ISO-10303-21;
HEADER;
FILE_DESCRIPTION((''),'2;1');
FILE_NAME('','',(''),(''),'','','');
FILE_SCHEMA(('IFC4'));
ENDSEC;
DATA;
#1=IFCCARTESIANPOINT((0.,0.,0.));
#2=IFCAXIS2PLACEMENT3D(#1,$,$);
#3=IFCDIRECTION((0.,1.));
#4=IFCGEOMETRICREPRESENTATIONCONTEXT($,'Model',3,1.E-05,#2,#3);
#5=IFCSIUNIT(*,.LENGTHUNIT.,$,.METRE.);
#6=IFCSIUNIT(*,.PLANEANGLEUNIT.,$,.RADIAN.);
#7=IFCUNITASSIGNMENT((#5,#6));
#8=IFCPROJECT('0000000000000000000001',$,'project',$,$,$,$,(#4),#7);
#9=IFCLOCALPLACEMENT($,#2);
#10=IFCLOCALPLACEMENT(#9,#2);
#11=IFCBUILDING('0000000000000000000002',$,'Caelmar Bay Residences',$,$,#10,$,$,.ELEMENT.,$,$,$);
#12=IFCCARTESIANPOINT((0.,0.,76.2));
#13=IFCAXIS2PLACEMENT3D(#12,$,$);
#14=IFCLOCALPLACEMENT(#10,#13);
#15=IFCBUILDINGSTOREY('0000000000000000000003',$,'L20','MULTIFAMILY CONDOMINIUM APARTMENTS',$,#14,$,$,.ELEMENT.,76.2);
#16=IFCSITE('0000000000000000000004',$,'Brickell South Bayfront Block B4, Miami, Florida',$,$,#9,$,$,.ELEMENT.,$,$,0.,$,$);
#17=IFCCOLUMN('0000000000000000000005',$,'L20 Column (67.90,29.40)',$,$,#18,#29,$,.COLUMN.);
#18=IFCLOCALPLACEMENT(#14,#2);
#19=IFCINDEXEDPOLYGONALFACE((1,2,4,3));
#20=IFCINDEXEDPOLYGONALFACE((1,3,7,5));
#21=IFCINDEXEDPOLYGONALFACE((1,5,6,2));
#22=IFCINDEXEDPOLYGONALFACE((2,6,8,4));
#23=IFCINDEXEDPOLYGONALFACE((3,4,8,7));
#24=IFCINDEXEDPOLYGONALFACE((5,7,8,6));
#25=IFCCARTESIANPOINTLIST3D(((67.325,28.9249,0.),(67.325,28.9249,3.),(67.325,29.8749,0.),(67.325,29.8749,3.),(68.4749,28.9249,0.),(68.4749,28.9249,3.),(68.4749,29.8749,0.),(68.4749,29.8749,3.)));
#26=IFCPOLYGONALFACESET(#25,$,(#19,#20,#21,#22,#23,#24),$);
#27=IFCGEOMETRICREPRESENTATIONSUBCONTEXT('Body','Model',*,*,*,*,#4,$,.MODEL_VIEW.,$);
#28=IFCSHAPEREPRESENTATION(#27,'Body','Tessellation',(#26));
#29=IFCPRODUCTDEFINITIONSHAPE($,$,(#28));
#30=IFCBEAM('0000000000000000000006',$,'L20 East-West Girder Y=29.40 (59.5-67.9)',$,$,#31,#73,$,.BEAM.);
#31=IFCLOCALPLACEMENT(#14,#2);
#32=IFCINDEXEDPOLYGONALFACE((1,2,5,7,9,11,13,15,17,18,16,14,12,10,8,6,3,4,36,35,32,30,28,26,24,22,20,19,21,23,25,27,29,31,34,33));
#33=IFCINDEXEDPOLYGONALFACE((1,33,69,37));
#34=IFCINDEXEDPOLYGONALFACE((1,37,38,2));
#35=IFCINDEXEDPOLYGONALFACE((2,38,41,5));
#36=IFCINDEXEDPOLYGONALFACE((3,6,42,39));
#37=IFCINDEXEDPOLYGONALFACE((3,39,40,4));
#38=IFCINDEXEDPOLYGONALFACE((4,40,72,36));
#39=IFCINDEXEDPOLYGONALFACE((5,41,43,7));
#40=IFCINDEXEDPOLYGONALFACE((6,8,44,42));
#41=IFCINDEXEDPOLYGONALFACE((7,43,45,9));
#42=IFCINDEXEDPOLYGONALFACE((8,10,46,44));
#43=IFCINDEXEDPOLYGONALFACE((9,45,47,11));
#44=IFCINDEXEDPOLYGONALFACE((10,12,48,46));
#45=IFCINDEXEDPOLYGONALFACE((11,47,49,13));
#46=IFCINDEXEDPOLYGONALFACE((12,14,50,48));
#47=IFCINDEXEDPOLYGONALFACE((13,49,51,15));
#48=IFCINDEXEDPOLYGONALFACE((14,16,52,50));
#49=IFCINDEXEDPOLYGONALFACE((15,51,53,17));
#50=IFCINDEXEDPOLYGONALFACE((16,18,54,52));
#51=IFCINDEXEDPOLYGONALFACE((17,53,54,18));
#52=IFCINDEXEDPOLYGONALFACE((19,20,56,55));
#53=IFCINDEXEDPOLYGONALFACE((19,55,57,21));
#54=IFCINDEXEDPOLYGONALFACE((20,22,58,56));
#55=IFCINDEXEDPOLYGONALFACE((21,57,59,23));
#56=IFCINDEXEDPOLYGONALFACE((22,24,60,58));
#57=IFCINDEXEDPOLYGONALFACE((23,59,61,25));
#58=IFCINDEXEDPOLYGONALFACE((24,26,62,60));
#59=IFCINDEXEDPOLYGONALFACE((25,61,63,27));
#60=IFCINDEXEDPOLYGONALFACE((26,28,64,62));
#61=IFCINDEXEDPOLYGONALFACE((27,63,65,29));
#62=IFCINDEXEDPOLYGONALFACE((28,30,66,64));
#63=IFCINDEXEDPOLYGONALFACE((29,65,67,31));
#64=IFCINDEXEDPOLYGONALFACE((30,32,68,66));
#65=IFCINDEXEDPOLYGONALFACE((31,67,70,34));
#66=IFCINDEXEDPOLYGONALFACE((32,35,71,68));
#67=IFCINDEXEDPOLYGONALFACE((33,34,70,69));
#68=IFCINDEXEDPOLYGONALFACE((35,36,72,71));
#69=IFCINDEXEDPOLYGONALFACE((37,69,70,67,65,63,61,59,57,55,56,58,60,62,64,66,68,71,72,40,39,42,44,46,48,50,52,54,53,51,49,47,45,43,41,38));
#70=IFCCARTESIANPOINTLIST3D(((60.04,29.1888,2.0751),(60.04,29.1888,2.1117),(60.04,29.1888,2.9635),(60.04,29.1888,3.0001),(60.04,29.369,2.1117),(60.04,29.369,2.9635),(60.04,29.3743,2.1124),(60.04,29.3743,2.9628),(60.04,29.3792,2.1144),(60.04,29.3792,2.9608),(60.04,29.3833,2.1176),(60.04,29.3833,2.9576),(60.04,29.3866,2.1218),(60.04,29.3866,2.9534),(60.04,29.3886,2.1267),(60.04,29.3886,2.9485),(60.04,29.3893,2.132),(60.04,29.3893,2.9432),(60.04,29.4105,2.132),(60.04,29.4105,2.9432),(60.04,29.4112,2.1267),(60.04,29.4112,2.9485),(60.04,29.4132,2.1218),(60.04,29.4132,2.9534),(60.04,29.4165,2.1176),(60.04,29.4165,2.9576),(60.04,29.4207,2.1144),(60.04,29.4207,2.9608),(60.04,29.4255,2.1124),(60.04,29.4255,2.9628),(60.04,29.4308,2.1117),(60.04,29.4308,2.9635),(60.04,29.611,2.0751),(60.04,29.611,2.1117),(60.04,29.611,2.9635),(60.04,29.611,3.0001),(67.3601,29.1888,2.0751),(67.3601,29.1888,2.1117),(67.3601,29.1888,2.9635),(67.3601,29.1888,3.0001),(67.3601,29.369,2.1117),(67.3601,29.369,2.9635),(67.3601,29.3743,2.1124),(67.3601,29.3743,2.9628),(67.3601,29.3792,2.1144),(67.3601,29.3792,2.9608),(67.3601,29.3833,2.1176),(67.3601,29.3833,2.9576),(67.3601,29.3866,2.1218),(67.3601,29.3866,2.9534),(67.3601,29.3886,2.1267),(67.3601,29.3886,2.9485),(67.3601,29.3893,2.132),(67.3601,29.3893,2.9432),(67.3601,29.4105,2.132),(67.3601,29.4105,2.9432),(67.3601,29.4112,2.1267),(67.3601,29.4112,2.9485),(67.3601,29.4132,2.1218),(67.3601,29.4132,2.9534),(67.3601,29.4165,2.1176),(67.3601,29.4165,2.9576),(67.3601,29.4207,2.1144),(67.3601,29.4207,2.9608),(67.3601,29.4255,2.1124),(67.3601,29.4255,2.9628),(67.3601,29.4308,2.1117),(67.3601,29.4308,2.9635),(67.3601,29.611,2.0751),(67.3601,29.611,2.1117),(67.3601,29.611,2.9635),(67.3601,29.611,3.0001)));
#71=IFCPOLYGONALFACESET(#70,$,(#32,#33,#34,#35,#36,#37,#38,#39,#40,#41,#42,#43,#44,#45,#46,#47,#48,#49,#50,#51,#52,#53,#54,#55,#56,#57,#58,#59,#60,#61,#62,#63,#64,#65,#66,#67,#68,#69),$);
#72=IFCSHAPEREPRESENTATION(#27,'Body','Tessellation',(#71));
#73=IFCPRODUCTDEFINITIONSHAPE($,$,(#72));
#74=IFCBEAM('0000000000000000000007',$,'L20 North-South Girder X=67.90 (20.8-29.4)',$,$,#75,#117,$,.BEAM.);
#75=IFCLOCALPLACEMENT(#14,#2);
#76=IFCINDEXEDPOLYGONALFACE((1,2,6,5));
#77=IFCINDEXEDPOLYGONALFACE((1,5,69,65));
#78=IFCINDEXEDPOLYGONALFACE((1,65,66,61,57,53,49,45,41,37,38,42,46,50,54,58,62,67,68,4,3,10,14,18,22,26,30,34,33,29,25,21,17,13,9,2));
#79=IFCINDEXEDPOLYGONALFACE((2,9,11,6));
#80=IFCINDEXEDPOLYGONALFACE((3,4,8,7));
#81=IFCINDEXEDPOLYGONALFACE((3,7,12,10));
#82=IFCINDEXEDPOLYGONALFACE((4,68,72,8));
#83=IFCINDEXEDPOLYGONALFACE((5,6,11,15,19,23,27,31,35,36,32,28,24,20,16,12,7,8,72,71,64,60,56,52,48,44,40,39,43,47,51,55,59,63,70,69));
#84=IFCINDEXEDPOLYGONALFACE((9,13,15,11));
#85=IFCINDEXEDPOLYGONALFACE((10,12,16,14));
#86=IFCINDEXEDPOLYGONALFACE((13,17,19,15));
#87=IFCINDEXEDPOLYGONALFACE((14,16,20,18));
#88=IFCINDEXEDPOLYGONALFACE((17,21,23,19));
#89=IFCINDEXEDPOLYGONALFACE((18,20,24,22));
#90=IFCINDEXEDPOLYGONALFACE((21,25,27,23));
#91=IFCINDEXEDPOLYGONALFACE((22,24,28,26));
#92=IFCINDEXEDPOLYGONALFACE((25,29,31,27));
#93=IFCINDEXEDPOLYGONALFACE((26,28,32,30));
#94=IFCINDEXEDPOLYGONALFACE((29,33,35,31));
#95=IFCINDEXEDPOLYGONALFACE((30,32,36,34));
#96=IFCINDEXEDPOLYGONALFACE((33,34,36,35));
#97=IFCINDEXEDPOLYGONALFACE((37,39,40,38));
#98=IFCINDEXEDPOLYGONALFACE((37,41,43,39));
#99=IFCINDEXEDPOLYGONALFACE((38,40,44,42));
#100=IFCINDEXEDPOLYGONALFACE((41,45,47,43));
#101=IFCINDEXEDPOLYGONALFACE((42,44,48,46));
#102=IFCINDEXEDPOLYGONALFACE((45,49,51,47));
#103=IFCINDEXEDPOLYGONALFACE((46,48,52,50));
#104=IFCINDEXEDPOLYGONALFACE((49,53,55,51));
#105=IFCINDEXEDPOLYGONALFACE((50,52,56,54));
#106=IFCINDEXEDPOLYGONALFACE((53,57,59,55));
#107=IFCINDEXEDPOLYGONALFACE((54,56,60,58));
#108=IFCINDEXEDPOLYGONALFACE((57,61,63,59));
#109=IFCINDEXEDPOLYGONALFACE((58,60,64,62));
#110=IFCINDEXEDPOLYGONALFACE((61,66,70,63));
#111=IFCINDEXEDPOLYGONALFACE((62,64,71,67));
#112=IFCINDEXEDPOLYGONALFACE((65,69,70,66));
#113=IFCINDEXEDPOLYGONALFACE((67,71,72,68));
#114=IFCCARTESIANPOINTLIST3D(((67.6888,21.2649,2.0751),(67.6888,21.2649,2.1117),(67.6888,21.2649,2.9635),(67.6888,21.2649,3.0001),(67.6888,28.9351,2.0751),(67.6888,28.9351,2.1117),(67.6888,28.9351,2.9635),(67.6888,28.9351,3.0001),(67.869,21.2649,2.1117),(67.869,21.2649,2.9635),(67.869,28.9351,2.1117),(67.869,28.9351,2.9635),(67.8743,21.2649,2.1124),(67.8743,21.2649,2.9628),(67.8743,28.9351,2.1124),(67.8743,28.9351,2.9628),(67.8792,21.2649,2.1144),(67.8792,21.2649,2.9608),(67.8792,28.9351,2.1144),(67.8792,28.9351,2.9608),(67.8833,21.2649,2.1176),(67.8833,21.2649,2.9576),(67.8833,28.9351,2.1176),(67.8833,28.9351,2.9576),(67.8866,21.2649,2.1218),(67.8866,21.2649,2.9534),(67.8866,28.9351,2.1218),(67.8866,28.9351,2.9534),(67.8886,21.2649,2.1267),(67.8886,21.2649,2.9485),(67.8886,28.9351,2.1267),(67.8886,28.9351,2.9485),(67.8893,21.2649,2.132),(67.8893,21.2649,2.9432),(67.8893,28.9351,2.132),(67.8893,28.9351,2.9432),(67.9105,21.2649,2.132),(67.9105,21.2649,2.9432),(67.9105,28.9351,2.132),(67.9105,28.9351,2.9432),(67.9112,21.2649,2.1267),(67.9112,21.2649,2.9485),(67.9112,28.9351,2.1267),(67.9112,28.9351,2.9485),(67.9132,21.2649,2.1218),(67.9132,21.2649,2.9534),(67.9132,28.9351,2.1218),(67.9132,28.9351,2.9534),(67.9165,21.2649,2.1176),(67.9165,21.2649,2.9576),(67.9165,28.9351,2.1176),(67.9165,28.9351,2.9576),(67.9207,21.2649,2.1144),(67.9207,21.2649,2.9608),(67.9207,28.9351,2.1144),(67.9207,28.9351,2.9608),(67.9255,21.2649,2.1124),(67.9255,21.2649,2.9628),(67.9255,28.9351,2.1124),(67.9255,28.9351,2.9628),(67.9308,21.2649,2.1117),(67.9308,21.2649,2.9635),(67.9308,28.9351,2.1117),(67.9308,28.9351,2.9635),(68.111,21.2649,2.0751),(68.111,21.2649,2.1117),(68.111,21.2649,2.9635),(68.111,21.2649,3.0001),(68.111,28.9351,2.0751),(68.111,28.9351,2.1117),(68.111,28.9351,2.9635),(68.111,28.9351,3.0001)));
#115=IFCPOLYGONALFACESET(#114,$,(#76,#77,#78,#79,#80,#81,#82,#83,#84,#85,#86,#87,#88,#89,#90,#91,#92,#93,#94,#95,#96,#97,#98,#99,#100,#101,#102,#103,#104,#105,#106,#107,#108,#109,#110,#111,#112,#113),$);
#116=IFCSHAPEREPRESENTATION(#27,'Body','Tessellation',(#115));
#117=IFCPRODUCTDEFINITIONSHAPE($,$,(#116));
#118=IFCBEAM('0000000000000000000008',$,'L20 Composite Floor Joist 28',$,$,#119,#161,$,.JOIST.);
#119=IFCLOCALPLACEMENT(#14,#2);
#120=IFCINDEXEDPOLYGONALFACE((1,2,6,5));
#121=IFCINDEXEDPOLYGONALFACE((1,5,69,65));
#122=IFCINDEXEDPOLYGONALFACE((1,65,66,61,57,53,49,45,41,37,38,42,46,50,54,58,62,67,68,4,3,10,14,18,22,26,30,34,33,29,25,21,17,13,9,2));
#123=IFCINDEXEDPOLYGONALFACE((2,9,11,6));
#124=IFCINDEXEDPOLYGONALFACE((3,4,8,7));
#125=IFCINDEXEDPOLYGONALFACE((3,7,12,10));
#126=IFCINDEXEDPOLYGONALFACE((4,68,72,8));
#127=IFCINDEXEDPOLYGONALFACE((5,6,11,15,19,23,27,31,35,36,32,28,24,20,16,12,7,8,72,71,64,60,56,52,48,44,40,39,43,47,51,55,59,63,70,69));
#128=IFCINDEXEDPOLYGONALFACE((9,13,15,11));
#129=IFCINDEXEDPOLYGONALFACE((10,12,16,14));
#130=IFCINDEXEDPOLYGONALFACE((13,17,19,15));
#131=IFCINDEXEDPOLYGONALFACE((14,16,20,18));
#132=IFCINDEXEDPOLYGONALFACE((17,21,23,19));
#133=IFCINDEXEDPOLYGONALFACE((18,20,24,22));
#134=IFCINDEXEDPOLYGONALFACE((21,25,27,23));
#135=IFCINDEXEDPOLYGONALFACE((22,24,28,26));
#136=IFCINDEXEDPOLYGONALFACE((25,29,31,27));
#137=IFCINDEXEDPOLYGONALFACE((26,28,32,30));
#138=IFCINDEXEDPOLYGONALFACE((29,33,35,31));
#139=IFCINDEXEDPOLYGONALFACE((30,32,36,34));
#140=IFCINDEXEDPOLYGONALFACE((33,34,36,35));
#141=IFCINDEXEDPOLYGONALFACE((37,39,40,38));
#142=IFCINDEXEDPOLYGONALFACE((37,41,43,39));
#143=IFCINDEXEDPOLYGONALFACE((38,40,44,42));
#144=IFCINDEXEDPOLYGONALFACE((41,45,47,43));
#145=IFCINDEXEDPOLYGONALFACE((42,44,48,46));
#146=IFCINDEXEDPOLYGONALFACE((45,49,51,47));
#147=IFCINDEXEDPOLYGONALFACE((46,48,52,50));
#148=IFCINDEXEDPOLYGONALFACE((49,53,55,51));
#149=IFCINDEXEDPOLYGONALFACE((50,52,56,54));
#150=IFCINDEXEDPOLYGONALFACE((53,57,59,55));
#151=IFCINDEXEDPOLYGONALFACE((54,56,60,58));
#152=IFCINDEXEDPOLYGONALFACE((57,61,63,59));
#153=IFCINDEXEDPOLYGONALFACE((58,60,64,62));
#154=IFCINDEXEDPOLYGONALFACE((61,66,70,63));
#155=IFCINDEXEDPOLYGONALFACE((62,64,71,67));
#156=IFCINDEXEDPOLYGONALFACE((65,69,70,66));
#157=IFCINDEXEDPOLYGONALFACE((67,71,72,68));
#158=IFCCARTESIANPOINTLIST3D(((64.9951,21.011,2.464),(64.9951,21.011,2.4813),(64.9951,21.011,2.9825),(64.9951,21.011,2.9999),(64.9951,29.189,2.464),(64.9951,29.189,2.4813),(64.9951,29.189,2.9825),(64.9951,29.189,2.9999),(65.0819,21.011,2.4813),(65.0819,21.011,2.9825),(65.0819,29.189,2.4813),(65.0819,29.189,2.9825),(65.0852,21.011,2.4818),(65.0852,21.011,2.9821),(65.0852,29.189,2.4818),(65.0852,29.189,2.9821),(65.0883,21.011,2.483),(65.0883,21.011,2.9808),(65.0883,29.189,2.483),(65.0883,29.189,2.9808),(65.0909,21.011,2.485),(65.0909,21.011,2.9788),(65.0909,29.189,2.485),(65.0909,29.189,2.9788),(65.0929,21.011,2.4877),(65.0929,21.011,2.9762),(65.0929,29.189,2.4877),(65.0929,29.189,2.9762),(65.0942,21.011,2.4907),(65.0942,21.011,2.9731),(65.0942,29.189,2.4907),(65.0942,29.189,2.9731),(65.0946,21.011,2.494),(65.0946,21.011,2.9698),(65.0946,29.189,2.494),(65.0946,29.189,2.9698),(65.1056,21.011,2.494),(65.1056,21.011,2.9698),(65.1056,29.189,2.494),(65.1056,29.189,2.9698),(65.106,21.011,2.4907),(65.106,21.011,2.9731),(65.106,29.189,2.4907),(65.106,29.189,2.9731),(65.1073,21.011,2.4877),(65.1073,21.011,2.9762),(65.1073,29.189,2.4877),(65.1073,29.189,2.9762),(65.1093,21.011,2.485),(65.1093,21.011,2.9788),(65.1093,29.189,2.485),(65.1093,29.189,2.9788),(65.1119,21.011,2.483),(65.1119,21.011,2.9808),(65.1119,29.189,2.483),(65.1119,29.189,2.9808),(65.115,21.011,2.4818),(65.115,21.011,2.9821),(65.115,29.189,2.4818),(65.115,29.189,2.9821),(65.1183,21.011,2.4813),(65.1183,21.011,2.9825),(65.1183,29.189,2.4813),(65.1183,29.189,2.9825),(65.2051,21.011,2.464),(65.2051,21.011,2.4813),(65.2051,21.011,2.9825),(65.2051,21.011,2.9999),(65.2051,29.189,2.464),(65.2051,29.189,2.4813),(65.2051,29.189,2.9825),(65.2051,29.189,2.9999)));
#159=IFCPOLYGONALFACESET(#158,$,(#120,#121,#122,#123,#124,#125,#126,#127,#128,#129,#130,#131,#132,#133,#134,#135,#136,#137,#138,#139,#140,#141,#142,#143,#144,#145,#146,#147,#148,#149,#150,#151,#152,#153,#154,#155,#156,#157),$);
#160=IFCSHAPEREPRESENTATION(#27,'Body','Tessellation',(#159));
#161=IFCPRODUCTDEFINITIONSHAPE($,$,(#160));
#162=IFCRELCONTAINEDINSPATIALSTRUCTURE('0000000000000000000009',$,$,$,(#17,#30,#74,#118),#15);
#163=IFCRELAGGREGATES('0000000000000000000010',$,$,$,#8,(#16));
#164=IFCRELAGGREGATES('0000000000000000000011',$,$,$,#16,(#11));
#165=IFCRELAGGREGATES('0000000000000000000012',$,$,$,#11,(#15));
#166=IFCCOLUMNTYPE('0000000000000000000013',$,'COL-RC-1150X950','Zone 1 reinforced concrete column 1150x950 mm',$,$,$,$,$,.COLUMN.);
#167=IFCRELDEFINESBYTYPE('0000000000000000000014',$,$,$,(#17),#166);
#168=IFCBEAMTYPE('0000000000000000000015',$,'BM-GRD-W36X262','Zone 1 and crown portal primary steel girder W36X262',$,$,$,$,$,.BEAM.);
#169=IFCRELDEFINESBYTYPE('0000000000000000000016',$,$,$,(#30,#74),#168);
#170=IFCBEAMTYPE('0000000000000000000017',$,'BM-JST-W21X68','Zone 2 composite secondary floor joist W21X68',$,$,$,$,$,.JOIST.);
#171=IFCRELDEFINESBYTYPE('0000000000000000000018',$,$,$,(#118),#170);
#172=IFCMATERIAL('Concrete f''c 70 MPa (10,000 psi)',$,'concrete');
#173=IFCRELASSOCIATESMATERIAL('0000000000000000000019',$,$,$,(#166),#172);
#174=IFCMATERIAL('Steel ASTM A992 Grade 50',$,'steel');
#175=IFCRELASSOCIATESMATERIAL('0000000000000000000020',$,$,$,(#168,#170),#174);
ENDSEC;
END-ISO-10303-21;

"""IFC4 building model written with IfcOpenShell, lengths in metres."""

from ifc_helpers import new_model, si_unit, direction, frame, origin, origin_2d, place, context, subcontext, project, spatial, rectangle, i_section, extrude, material, material_profile, profile_set, type_object, element, save


model = new_model("IFC4")

# Units and contexts
model_context = context("Model", 3, precision=1e-05, world=origin(), true_north=direction((0.0, 1.0)))
body_context = subcontext(model_context, "Body", "Model", "MODEL_VIEW")
ifc_project = project(units=[si_unit("LENGTHUNIT", "METRE"), si_unit("PLANEANGLEUNIT", "RADIAN")], contexts=[model_context])

# Site, building, storey
site_placement = place(None, origin())
site = spatial("IfcSite", under=ifc_project, at=site_placement, Name="Brickell South Bayfront Block B4, Miami, Florida", CompositionType="ELEMENT", RefElevation=0.0)
building_placement = place(site_placement, origin())
building = spatial("IfcBuilding", under=site, at=building_placement, Name="Caelmar Bay Residences", CompositionType="ELEMENT")
storey_placement = place(building_placement, frame((0.0, 0.0, 76.2)))
storey = spatial("IfcBuildingStorey", under=building, at=storey_placement, Name="L20", Description="MULTIFAMILY CONDOMINIUM APARTMENTS", CompositionType="ELEMENT", Elevation=76.2)

# Column
ifc_material_1 = material(Name="Concrete f'c 70 MPa (10,000 psi)", Category="concrete")
ifc_material_profile_1 = material_profile(ifc_material_1, rectangle(XDim=1.1499, YDim=0.95, at=origin_2d()), Name="RC-COL-1150X950")
ifc_profile_set_1 = profile_set([ifc_material_profile_1], Name="Concrete f'c 70 MPa (10,000 psi)")
column_type = type_object("IfcColumnType", Name="COL-RC-1150X950", Description="Zone 1 reinforced concrete column 1150x950 mm", PredefinedType="COLUMN", material=ifc_profile_set_1)
column_placement = place(storey_placement, frame((67.8999, 29.3999, 0.0), z_axis=(0.0, 0.0, 1.0), x_axis=(1.0, 0.0, 0.0)))
element("IfcColumn", 1, at=column_placement, inside=storey, type_object=column_type, Name="L20 Column (67.90,29.40)", PredefinedType="COLUMN", context=body_context, shape_type="SweptSolid", body=[
    extrude(rectangle(XDim=1.1499, YDim=0.95, at=origin_2d()), origin(), (0.0, 0.0, 1.0), 3.0),
])

# Beams
ifc_material_2 = material(Name="Steel ASTM A992 Grade 50", Category="steel")
ifc_material_profile_2 = material_profile(ifc_material_2, i_section(OverallWidth=0.4221, OverallDepth=0.925, WebThickness=0.0212, FlangeThickness=0.0366, FilletRadius=0.0203, at=origin_2d()), Name="W36X262")
ifc_profile_set_2 = profile_set([ifc_material_profile_2], Name="Steel ASTM A992 Grade 50")
beam_type_1 = type_object("IfcBeamType", Name="BM-GRD-W36X262", Description="Zone 1 and crown portal primary steel girder W36X262", PredefinedType="BEAM", material=ifc_profile_set_2)
beam_1_placement = place(storey_placement, frame((60.04, 29.3999, 2.5376), z_axis=(1.0, 0.0, 0.0), x_axis=(0.0, 1.0, 0.0)))
element("IfcBeam", 2, at=beam_1_placement, inside=storey, type_object=beam_type_1, Name="L20 East-West Girder Y=29.40 (59.5-67.9)", PredefinedType="BEAM", context=body_context, shape_type="SweptSolid", body=[
    extrude(i_section(OverallWidth=0.4221, OverallDepth=0.925, WebThickness=0.0212, FlangeThickness=0.0366, FilletRadius=0.0203, at=origin_2d()), origin(), (0.0, 0.0, 1.0), 7.3201),
])
beam_2_placement = place(storey_placement, frame((67.8999, 21.2649, 2.5376), z_axis=(0.0, 1.0, 0.0), x_axis=(-1.0, 0.0, 0.0)))
element("IfcBeam", 3, at=beam_2_placement, inside=storey, type_object=beam_type_1, Name="L20 North-South Girder X=67.90 (20.8-29.4)", PredefinedType="BEAM", context=body_context, shape_type="SweptSolid", body=[
    extrude(i_section(OverallWidth=0.4221, OverallDepth=0.925, WebThickness=0.0212, FlangeThickness=0.0366, FilletRadius=0.0203, at=origin_2d()), origin(), (0.0, 0.0, 1.0), 7.6702),
])
ifc_material_profile_3 = material_profile(ifc_material_2, i_section(OverallWidth=0.21, OverallDepth=0.5359, WebThickness=0.011, FlangeThickness=0.0173, FilletRadius=0.0127, at=origin_2d()), Name="W21X68")
ifc_profile_set_3 = profile_set([ifc_material_profile_3], Name="Steel ASTM A992 Grade 50")
beam_type_2 = type_object("IfcBeamType", Name="BM-JST-W21X68", Description="Zone 2 composite secondary floor joist W21X68", PredefinedType="JOIST", material=ifc_profile_set_3)
beam_3_placement = place(storey_placement, frame((65.1001, 21.011, 2.7319), z_axis=(0.0, 1.0, 0.0), x_axis=(-1.0, 0.0, 0.0)))
element("IfcBeam", 4, at=beam_3_placement, inside=storey, type_object=beam_type_2, Name="L20 Composite Floor Joist 28", PredefinedType="JOIST", context=body_context, shape_type="SweptSolid", body=[
    extrude(i_section(OverallWidth=0.21, OverallDepth=0.5359, WebThickness=0.011, FlangeThickness=0.0173, FilletRadius=0.0127, at=origin_2d()), origin(), (0.0, 0.0, 1.0), 8.178),
])

save(model, "model.ifc")
